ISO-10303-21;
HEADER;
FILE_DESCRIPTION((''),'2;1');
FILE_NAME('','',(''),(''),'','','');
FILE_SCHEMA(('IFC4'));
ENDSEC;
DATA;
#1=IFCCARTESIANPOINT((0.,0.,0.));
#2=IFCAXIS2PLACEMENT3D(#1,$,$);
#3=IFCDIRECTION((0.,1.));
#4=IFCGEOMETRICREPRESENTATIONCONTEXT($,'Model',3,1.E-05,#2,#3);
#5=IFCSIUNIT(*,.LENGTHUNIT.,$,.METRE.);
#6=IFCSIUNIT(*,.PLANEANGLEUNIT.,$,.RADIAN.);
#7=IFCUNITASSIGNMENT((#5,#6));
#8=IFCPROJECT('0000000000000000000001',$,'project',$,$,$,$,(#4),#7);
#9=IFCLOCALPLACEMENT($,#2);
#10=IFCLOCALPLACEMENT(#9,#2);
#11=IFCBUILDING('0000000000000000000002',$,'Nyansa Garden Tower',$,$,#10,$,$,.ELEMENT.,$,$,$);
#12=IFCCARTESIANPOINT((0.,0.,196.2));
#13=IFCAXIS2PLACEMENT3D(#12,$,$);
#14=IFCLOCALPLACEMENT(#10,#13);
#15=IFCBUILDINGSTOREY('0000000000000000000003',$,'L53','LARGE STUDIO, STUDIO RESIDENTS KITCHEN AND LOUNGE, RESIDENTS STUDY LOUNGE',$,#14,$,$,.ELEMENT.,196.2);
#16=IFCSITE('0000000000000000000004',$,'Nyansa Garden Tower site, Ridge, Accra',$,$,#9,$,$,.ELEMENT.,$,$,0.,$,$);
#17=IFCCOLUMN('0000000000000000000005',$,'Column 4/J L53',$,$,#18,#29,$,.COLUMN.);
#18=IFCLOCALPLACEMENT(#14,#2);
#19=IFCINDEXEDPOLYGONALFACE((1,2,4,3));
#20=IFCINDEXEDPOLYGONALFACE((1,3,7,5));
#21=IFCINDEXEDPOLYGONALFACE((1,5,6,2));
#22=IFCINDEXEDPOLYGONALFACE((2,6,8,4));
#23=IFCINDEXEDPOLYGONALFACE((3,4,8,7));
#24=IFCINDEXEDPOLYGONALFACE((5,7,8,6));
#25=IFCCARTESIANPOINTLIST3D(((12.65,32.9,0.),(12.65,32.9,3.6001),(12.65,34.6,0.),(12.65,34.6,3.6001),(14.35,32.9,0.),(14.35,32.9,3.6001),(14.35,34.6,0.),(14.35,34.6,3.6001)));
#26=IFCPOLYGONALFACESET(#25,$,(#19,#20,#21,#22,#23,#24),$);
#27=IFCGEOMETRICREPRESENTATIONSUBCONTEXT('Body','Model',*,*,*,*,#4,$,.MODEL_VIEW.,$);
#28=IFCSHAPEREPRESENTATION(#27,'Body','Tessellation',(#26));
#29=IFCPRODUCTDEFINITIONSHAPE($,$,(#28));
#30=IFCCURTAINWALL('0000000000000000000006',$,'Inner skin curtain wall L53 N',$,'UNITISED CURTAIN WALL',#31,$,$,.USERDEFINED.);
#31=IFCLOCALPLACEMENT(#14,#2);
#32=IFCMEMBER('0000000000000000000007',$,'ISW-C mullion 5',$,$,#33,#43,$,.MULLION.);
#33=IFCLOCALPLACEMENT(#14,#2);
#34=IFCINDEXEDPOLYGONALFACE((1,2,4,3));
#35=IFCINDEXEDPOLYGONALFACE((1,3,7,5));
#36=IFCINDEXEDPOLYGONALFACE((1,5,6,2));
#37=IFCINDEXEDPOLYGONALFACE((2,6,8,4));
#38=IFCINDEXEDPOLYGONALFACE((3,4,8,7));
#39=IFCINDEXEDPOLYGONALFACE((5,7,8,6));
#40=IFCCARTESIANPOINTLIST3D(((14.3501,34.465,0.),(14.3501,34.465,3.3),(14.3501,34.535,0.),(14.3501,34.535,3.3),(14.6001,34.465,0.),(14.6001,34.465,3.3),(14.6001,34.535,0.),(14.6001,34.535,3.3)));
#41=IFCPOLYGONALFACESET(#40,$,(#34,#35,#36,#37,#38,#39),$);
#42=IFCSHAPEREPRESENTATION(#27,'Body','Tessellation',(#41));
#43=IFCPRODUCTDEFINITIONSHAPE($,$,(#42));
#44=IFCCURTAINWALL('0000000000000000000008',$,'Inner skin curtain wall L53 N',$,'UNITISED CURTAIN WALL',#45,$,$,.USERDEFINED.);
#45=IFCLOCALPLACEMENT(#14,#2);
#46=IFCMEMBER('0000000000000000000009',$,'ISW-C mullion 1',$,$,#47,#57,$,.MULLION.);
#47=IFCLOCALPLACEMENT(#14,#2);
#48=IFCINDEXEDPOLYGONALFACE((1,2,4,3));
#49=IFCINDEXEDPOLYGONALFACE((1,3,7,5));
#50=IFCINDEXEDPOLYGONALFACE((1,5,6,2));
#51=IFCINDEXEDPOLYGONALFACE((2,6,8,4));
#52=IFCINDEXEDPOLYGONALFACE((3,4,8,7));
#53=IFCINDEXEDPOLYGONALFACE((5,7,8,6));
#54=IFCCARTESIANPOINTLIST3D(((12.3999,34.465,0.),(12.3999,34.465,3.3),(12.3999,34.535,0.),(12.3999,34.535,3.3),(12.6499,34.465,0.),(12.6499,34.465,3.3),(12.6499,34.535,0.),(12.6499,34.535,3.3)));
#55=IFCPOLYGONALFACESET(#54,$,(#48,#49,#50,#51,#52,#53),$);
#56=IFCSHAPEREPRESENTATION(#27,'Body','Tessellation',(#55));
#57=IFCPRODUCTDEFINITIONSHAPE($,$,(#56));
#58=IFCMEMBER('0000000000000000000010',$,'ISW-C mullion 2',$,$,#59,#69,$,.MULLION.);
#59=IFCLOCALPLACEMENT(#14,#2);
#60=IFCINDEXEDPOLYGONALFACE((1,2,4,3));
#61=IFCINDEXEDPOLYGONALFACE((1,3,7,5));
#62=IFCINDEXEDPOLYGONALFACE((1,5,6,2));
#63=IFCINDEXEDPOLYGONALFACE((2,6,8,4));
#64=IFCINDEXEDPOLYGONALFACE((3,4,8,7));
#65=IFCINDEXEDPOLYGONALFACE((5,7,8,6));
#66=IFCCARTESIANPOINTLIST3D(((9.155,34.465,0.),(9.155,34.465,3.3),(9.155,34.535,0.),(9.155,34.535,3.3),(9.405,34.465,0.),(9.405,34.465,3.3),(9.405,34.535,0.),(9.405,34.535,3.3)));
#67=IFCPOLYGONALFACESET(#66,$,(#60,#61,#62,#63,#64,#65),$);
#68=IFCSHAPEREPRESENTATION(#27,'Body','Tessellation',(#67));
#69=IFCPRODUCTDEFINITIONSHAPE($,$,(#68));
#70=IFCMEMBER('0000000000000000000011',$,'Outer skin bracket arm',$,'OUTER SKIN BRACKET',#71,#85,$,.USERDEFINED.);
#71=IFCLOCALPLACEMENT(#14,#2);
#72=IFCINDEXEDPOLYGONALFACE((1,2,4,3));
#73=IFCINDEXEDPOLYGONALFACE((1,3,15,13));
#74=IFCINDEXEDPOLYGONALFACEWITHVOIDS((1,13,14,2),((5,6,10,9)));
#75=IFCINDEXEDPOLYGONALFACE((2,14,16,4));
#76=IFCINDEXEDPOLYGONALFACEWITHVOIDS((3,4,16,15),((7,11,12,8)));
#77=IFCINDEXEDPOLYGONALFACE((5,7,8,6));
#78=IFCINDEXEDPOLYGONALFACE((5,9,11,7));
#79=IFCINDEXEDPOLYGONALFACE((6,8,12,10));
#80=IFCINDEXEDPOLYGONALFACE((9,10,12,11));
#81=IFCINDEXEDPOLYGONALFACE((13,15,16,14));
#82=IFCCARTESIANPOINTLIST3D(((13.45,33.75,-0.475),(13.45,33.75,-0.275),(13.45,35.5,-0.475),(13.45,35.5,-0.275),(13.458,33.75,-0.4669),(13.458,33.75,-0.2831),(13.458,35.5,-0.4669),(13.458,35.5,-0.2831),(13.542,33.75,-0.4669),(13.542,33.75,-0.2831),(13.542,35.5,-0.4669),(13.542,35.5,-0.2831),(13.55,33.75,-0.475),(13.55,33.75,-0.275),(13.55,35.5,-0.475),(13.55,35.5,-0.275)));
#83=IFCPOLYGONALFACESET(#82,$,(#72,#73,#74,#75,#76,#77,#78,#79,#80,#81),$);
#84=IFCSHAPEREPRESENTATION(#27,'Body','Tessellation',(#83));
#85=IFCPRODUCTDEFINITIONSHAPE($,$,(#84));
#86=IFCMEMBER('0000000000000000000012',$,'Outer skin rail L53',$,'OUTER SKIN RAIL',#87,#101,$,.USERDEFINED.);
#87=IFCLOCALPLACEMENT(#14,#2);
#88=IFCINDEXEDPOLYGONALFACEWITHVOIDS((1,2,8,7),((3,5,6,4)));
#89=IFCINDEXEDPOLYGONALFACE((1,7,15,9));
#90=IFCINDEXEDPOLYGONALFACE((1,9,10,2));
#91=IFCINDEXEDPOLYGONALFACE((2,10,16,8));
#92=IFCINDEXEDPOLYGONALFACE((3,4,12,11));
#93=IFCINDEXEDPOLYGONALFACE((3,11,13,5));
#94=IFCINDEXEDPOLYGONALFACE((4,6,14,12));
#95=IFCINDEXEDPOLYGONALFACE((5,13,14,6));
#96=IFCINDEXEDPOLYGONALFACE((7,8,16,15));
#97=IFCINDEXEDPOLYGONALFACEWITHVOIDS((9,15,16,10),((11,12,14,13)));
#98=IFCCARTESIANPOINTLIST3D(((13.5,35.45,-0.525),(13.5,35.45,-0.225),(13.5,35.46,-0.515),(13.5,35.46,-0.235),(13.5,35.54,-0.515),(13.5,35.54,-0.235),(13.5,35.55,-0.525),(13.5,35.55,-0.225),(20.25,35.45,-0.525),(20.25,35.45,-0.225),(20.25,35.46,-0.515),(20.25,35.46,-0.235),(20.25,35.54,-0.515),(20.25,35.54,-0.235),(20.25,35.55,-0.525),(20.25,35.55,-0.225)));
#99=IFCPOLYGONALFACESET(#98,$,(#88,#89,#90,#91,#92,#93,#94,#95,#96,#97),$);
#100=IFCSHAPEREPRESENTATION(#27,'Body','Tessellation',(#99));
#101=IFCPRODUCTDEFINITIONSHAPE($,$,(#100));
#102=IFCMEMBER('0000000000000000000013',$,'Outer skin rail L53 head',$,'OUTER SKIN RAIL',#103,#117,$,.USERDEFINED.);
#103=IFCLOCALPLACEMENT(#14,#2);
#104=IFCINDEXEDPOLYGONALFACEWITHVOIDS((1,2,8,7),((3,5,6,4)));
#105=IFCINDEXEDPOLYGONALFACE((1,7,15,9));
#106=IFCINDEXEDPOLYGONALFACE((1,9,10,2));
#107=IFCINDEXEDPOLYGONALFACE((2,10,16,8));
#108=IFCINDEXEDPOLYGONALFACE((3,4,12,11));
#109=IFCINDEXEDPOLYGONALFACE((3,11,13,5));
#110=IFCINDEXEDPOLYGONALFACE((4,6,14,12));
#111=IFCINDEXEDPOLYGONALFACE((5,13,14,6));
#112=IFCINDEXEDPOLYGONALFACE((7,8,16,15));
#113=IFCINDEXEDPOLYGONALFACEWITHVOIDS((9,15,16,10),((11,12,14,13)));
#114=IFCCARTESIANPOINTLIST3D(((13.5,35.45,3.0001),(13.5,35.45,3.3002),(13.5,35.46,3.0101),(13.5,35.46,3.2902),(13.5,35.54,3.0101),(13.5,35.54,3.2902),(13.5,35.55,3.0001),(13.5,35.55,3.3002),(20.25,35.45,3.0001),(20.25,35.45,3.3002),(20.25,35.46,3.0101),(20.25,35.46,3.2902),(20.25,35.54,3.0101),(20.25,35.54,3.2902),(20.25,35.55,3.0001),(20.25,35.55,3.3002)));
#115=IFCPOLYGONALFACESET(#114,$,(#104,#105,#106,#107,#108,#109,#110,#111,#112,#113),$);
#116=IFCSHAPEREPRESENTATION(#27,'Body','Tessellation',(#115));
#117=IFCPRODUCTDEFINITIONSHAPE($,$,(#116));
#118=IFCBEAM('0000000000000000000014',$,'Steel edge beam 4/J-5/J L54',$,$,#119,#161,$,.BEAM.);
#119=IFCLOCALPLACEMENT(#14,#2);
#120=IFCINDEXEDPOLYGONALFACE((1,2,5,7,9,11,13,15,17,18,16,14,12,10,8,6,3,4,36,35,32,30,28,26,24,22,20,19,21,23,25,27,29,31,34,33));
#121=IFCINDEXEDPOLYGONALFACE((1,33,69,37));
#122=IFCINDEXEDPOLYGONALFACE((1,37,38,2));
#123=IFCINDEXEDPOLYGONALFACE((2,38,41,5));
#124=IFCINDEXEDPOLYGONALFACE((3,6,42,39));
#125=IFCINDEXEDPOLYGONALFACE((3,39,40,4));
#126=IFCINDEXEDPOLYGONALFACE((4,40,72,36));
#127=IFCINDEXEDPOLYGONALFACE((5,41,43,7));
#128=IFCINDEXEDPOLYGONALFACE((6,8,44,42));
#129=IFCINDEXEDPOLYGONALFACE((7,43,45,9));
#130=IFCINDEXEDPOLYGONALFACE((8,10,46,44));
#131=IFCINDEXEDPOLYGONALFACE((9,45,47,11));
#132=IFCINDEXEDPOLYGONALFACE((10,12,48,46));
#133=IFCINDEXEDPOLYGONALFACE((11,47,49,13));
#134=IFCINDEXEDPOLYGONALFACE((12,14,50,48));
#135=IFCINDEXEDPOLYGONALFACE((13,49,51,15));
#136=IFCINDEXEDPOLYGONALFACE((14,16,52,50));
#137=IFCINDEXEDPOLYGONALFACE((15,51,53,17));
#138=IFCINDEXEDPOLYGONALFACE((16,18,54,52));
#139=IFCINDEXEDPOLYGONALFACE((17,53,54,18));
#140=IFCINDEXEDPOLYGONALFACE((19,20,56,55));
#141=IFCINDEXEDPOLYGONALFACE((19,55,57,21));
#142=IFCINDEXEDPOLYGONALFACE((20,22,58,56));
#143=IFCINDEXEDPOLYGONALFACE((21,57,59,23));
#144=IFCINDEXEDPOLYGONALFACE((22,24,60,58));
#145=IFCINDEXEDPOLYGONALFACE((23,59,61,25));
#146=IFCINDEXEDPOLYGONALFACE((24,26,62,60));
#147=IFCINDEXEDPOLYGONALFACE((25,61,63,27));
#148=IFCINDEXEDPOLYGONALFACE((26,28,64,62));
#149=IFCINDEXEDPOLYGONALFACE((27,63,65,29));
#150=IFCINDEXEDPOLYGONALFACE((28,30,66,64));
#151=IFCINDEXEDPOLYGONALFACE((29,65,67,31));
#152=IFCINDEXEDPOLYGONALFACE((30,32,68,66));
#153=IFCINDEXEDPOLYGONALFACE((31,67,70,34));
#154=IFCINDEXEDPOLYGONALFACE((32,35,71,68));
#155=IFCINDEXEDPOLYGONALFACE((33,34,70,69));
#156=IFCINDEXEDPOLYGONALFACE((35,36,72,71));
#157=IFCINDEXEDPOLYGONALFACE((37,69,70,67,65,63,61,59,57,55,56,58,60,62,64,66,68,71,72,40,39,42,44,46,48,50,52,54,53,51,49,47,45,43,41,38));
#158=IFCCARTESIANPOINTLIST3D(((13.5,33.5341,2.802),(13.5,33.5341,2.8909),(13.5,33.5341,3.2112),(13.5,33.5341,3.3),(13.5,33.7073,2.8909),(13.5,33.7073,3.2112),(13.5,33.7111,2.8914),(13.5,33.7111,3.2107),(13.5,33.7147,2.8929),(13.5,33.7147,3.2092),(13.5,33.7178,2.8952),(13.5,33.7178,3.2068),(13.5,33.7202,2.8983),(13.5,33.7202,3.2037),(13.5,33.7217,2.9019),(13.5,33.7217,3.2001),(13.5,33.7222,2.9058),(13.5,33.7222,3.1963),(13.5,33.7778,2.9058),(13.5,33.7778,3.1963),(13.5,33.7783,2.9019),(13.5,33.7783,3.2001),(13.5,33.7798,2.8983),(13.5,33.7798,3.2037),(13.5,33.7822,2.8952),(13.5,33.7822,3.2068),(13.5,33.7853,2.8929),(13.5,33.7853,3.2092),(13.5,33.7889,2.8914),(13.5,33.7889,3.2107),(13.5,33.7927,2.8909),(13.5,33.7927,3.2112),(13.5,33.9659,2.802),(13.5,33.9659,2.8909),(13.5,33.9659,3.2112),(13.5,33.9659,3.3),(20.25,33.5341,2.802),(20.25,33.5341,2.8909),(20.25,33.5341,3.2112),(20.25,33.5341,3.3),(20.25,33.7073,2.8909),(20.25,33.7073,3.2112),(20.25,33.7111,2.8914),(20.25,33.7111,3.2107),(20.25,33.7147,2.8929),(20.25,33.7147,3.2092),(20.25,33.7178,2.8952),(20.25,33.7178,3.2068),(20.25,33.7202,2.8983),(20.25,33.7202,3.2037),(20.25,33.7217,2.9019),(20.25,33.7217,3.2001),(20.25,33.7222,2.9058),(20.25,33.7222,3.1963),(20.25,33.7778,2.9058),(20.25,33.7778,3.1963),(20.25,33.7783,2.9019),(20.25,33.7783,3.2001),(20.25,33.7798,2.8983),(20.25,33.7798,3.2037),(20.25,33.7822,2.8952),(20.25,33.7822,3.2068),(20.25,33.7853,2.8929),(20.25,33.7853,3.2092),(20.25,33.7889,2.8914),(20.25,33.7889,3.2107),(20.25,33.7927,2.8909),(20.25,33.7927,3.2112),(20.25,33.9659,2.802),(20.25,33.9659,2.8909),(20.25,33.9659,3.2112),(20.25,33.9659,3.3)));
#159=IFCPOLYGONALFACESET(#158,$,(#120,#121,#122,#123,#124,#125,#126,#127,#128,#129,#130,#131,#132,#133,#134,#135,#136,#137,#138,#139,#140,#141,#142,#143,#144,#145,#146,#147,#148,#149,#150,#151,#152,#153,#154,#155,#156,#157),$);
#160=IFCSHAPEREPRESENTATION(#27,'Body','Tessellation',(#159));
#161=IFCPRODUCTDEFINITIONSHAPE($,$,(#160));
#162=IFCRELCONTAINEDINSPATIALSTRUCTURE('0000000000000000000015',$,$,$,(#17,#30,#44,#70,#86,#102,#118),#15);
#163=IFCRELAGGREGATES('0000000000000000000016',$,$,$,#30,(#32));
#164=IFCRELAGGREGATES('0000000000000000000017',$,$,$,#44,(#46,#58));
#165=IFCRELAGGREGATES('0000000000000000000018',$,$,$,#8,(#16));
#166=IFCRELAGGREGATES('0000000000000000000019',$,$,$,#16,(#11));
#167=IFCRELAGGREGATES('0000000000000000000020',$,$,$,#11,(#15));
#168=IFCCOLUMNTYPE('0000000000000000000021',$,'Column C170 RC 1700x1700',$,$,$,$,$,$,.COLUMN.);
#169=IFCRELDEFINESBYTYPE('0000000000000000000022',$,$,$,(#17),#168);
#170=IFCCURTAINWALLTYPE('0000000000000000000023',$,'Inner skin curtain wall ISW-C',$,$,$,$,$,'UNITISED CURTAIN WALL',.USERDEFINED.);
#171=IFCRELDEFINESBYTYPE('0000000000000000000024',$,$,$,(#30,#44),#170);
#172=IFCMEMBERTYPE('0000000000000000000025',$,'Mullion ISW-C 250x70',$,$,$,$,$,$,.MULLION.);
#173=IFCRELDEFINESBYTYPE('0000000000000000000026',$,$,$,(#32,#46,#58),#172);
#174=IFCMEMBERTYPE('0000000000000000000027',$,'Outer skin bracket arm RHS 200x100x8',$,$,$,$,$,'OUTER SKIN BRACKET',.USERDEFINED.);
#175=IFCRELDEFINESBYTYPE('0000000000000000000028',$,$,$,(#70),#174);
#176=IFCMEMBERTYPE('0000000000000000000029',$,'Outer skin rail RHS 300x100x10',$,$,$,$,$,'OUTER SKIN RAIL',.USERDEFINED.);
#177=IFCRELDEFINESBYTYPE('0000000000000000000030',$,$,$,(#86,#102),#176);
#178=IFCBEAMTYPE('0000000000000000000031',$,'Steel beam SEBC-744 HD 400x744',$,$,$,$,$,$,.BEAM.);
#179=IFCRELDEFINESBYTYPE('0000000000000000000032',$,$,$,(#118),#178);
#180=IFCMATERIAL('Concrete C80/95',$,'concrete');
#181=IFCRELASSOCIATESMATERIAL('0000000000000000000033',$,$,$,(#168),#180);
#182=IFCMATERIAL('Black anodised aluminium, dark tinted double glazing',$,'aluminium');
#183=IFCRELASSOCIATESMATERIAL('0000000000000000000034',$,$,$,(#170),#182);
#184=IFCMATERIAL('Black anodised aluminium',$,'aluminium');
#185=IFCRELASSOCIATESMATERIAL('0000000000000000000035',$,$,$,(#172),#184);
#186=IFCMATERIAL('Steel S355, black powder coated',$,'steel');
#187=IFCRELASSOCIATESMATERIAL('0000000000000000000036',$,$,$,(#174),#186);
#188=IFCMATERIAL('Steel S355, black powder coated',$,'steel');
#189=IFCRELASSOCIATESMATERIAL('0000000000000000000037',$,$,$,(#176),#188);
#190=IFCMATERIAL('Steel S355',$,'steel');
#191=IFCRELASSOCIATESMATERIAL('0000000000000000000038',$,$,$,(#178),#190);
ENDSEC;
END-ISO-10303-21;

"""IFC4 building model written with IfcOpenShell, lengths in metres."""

from ifc_helpers import new_model, si_unit, direction, frame, origin, origin_2d, place, context, subcontext, project, spatial, rectangle, hollow_rectangle, i_section, extrude, material, material_profile, profile_set, type_object, element, aggregate, save


model = new_model("IFC4")

# Units and contexts
model_context = context("Model", 3, precision=1e-05, world=origin(), true_north=direction((0.0, 1.0)))
body_context = subcontext(model_context, "Body", "Model", "MODEL_VIEW")
ifc_project = project(units=[si_unit("LENGTHUNIT", "METRE"), si_unit("PLANEANGLEUNIT", "RADIAN")], contexts=[model_context])

# Site, building, storey
site_placement = place(None, origin())
site = spatial("IfcSite", under=ifc_project, at=site_placement, Name="Nyansa Garden Tower site, Ridge, Accra", CompositionType="ELEMENT", RefElevation=0.0)
building_placement = place(site_placement, origin())
building = spatial("IfcBuilding", under=site, at=building_placement, Name="Nyansa Garden Tower", CompositionType="ELEMENT")
storey_placement = place(building_placement, frame((0.0, 0.0, 196.2)))
storey = spatial("IfcBuildingStorey", under=building, at=storey_placement, Name="L53", Description="LARGE STUDIO, STUDIO RESIDENTS KITCHEN AND LOUNGE, RESIDENTS STUDY LOUNGE", CompositionType="ELEMENT", Elevation=196.2)

# Column
ifc_material_1 = material(Name="Concrete C80/95", Category="concrete")
ifc_material_profile_1 = material_profile(ifc_material_1, rectangle(XDim=1.7, YDim=1.7, at=origin_2d()), Name="RC 1700x1700")
ifc_profile_set_1 = profile_set([ifc_material_profile_1], Name="Concrete C80/95")
column_type = type_object("IfcColumnType", Name="Column C170 RC 1700x1700", PredefinedType="COLUMN", material=ifc_profile_set_1)
column_placement = place(storey_placement, frame((13.5, 33.75, 0.0), z_axis=(0.0, 0.0, 1.0), x_axis=(1.0, 0.0, 0.0)))
element("IfcColumn", 1, at=column_placement, inside=storey, type_object=column_type, Name="Column 4/J L53", PredefinedType="COLUMN", context=body_context, shape_type="SweptSolid", body=[
    extrude(rectangle(XDim=1.7, YDim=1.7, at=origin_2d()), origin(), (0.0, 0.0, 1.0), 3.6001),
])

# Curtain wall, member
ifc_material_2 = material(Name="Black anodised aluminium, dark tinted double glazing", Category="aluminium")
curtain_wall_type = type_object("IfcCurtainWallType", Name="Inner skin curtain wall ISW-C", ElementType="UNITISED CURTAIN WALL", PredefinedType="USERDEFINED", material=ifc_material_2)
curtain_wall_1_placement = place(storey_placement, origin())
curtain_wall_1 = element("IfcCurtainWall", 2, at=curtain_wall_1_placement, inside=storey, type_object=curtain_wall_type, Name="Inner skin curtain wall L53 N", ObjectType="UNITISED CURTAIN WALL", PredefinedType="USERDEFINED")
ifc_material_3 = material(Name="Black anodised aluminium", Category="aluminium")
ifc_material_profile_2 = material_profile(ifc_material_3, rectangle(XDim=0.0701, YDim=0.25, at=origin_2d()), Name="Mullion 250x70")
ifc_profile_set_2 = profile_set([ifc_material_profile_2], Name="Black anodised aluminium")
member_type_1 = type_object("IfcMemberType", Name="Mullion ISW-C 250x70", PredefinedType="MULLION", material=ifc_profile_set_2)
member_1_placement = place(storey_placement, frame((14.4751, 34.5, 0.0), z_axis=(0.0, 0.0, 1.0), x_axis=(0.0, -1.0, 0.0)))
member_1 = element("IfcMember", 3, at=member_1_placement, type_object=member_type_1, Name="ISW-C mullion 5", PredefinedType="MULLION", context=body_context, shape_type="SweptSolid", body=[
    extrude(rectangle(XDim=0.0701, YDim=0.25, at=origin_2d()), origin(), (0.0, 0.0, 1.0), 3.3),
])

# Curtain wall, members
curtain_wall_2_placement = place(storey_placement, origin())
curtain_wall_2 = element("IfcCurtainWall", 4, at=curtain_wall_2_placement, inside=storey, type_object=curtain_wall_type, Name="Inner skin curtain wall L53 N", ObjectType="UNITISED CURTAIN WALL", PredefinedType="USERDEFINED")
member_2_placement = place(storey_placement, frame((12.5249, 34.5, 0.0), z_axis=(0.0, 0.0, 1.0), x_axis=(0.0, -1.0, 0.0)))
member_2 = element("IfcMember", 5, at=member_2_placement, type_object=member_type_1, Name="ISW-C mullion 1", PredefinedType="MULLION", context=body_context, shape_type="SweptSolid", body=[
    extrude(rectangle(XDim=0.0701, YDim=0.25, at=origin_2d()), origin(), (0.0, 0.0, 1.0), 3.3),
])
member_3_placement = place(storey_placement, frame((9.28, 34.5, 0.0), z_axis=(0.0, 0.0, 1.0), x_axis=(0.0, -1.0, 0.0)))
member_3 = element("IfcMember", 6, at=member_3_placement, type_object=member_type_1, Name="ISW-C mullion 2", PredefinedType="MULLION", context=body_context, shape_type="SweptSolid", body=[
    extrude(rectangle(XDim=0.0701, YDim=0.25, at=origin_2d()), origin(), (0.0, 0.0, 1.0), 3.3),
])

# Members
ifc_material_4 = material(Name="Steel S355, black powder coated", Category="steel")
ifc_material_profile_3 = material_profile(ifc_material_4, hollow_rectangle(XDim=0.1001, YDim=0.2, WallThickness=0.0081, at=origin_2d()), Name="RHS 200x100x8")
ifc_profile_set_3 = profile_set([ifc_material_profile_3], Name="Steel S355, black powder coated")
member_type_2 = type_object("IfcMemberType", Name="Outer skin bracket arm RHS 200x100x8", ElementType="OUTER SKIN BRACKET", PredefinedType="USERDEFINED", material=ifc_profile_set_3)
member_4_placement = place(storey_placement, frame((13.5, 33.75, -0.375), z_axis=(0.0, 1.0, 0.0), x_axis=(-1.0, 0.0, 0.0)))
element("IfcMember", 7, at=member_4_placement, inside=storey, type_object=member_type_2, Name="Outer skin bracket arm", ObjectType="OUTER SKIN BRACKET", PredefinedType="USERDEFINED", context=body_context, shape_type="SweptSolid", body=[
    extrude(hollow_rectangle(XDim=0.1001, YDim=0.2, WallThickness=0.0081, at=origin_2d()), origin(), (0.0, 0.0, 1.0), 1.75),
])
ifc_material_5 = material(Name="Steel S355, black powder coated", Category="steel")
ifc_material_profile_4 = material_profile(ifc_material_5, hollow_rectangle(XDim=0.1001, YDim=0.3, WallThickness=0.01, at=origin_2d()), Name="RHS 300x100x10")
ifc_profile_set_4 = profile_set([ifc_material_profile_4], Name="Steel S355, black powder coated")
member_type_3 = type_object("IfcMemberType", Name="Outer skin rail RHS 300x100x10", ElementType="OUTER SKIN RAIL", PredefinedType="USERDEFINED", material=ifc_profile_set_4)
for number, where, z_axis, x_axis, name in (
    (8, (13.5, 35.5, -0.375), (1.0, 0.0, 0.0), (0.0, 1.0, 0.0), "Outer skin rail L53"),
    (9, (13.5, 35.5, 3.1501), (1.0, 0.0, 0.0), (0.0, 1.0, 0.0), "Outer skin rail L53 head"),
):
    element("IfcMember", number, at=place(storey_placement, frame(where, z_axis=z_axis, x_axis=x_axis)), inside=storey, type_object=member_type_3, Name=name, ObjectType="OUTER SKIN RAIL", PredefinedType="USERDEFINED", context=body_context, shape_type="SweptSolid", body=[
        extrude(hollow_rectangle(XDim=0.1001, YDim=0.3, WallThickness=0.01, at=origin_2d()), origin(), (0.0, 0.0, 1.0), 6.75),
    ])

# Beam
ifc_material_6 = material(Name="Steel S355", Category="steel")
ifc_material_profile_5 = material_profile(ifc_material_6, i_section(OverallWidth=0.4319, OverallDepth=0.498, WebThickness=0.0557, FlangeThickness=0.0889, FilletRadius=0.0149, at=origin_2d()), Name="HD 400x744")
ifc_profile_set_5 = profile_set([ifc_material_profile_5], Name="Steel S355")
beam_type_1 = type_object("IfcBeamType", Name="Steel beam SEBC-744 HD 400x744", PredefinedType="BEAM", material=ifc_profile_set_5)
beam_1_placement = place(storey_placement, frame((13.5, 33.75, 3.051), z_axis=(1.0, 0.0, 0.0), x_axis=(0.0, 1.0, 0.0)))
element("IfcBeam", 10, at=beam_1_placement, inside=storey, type_object=beam_type_1, Name="Steel edge beam 4/J-5/J L54", PredefinedType="BEAM", context=body_context, shape_type="SweptSolid", body=[
    extrude(i_section(OverallWidth=0.4319, OverallDepth=0.498, WebThickness=0.0557, FlangeThickness=0.0889, FilletRadius=0.0149, at=origin_2d()), origin(), (0.0, 0.0, 1.0), 6.75),
])

aggregate(curtain_wall_1, [member_1])
aggregate(curtain_wall_2, [member_2, member_3])

save(model, "model.ifc")
